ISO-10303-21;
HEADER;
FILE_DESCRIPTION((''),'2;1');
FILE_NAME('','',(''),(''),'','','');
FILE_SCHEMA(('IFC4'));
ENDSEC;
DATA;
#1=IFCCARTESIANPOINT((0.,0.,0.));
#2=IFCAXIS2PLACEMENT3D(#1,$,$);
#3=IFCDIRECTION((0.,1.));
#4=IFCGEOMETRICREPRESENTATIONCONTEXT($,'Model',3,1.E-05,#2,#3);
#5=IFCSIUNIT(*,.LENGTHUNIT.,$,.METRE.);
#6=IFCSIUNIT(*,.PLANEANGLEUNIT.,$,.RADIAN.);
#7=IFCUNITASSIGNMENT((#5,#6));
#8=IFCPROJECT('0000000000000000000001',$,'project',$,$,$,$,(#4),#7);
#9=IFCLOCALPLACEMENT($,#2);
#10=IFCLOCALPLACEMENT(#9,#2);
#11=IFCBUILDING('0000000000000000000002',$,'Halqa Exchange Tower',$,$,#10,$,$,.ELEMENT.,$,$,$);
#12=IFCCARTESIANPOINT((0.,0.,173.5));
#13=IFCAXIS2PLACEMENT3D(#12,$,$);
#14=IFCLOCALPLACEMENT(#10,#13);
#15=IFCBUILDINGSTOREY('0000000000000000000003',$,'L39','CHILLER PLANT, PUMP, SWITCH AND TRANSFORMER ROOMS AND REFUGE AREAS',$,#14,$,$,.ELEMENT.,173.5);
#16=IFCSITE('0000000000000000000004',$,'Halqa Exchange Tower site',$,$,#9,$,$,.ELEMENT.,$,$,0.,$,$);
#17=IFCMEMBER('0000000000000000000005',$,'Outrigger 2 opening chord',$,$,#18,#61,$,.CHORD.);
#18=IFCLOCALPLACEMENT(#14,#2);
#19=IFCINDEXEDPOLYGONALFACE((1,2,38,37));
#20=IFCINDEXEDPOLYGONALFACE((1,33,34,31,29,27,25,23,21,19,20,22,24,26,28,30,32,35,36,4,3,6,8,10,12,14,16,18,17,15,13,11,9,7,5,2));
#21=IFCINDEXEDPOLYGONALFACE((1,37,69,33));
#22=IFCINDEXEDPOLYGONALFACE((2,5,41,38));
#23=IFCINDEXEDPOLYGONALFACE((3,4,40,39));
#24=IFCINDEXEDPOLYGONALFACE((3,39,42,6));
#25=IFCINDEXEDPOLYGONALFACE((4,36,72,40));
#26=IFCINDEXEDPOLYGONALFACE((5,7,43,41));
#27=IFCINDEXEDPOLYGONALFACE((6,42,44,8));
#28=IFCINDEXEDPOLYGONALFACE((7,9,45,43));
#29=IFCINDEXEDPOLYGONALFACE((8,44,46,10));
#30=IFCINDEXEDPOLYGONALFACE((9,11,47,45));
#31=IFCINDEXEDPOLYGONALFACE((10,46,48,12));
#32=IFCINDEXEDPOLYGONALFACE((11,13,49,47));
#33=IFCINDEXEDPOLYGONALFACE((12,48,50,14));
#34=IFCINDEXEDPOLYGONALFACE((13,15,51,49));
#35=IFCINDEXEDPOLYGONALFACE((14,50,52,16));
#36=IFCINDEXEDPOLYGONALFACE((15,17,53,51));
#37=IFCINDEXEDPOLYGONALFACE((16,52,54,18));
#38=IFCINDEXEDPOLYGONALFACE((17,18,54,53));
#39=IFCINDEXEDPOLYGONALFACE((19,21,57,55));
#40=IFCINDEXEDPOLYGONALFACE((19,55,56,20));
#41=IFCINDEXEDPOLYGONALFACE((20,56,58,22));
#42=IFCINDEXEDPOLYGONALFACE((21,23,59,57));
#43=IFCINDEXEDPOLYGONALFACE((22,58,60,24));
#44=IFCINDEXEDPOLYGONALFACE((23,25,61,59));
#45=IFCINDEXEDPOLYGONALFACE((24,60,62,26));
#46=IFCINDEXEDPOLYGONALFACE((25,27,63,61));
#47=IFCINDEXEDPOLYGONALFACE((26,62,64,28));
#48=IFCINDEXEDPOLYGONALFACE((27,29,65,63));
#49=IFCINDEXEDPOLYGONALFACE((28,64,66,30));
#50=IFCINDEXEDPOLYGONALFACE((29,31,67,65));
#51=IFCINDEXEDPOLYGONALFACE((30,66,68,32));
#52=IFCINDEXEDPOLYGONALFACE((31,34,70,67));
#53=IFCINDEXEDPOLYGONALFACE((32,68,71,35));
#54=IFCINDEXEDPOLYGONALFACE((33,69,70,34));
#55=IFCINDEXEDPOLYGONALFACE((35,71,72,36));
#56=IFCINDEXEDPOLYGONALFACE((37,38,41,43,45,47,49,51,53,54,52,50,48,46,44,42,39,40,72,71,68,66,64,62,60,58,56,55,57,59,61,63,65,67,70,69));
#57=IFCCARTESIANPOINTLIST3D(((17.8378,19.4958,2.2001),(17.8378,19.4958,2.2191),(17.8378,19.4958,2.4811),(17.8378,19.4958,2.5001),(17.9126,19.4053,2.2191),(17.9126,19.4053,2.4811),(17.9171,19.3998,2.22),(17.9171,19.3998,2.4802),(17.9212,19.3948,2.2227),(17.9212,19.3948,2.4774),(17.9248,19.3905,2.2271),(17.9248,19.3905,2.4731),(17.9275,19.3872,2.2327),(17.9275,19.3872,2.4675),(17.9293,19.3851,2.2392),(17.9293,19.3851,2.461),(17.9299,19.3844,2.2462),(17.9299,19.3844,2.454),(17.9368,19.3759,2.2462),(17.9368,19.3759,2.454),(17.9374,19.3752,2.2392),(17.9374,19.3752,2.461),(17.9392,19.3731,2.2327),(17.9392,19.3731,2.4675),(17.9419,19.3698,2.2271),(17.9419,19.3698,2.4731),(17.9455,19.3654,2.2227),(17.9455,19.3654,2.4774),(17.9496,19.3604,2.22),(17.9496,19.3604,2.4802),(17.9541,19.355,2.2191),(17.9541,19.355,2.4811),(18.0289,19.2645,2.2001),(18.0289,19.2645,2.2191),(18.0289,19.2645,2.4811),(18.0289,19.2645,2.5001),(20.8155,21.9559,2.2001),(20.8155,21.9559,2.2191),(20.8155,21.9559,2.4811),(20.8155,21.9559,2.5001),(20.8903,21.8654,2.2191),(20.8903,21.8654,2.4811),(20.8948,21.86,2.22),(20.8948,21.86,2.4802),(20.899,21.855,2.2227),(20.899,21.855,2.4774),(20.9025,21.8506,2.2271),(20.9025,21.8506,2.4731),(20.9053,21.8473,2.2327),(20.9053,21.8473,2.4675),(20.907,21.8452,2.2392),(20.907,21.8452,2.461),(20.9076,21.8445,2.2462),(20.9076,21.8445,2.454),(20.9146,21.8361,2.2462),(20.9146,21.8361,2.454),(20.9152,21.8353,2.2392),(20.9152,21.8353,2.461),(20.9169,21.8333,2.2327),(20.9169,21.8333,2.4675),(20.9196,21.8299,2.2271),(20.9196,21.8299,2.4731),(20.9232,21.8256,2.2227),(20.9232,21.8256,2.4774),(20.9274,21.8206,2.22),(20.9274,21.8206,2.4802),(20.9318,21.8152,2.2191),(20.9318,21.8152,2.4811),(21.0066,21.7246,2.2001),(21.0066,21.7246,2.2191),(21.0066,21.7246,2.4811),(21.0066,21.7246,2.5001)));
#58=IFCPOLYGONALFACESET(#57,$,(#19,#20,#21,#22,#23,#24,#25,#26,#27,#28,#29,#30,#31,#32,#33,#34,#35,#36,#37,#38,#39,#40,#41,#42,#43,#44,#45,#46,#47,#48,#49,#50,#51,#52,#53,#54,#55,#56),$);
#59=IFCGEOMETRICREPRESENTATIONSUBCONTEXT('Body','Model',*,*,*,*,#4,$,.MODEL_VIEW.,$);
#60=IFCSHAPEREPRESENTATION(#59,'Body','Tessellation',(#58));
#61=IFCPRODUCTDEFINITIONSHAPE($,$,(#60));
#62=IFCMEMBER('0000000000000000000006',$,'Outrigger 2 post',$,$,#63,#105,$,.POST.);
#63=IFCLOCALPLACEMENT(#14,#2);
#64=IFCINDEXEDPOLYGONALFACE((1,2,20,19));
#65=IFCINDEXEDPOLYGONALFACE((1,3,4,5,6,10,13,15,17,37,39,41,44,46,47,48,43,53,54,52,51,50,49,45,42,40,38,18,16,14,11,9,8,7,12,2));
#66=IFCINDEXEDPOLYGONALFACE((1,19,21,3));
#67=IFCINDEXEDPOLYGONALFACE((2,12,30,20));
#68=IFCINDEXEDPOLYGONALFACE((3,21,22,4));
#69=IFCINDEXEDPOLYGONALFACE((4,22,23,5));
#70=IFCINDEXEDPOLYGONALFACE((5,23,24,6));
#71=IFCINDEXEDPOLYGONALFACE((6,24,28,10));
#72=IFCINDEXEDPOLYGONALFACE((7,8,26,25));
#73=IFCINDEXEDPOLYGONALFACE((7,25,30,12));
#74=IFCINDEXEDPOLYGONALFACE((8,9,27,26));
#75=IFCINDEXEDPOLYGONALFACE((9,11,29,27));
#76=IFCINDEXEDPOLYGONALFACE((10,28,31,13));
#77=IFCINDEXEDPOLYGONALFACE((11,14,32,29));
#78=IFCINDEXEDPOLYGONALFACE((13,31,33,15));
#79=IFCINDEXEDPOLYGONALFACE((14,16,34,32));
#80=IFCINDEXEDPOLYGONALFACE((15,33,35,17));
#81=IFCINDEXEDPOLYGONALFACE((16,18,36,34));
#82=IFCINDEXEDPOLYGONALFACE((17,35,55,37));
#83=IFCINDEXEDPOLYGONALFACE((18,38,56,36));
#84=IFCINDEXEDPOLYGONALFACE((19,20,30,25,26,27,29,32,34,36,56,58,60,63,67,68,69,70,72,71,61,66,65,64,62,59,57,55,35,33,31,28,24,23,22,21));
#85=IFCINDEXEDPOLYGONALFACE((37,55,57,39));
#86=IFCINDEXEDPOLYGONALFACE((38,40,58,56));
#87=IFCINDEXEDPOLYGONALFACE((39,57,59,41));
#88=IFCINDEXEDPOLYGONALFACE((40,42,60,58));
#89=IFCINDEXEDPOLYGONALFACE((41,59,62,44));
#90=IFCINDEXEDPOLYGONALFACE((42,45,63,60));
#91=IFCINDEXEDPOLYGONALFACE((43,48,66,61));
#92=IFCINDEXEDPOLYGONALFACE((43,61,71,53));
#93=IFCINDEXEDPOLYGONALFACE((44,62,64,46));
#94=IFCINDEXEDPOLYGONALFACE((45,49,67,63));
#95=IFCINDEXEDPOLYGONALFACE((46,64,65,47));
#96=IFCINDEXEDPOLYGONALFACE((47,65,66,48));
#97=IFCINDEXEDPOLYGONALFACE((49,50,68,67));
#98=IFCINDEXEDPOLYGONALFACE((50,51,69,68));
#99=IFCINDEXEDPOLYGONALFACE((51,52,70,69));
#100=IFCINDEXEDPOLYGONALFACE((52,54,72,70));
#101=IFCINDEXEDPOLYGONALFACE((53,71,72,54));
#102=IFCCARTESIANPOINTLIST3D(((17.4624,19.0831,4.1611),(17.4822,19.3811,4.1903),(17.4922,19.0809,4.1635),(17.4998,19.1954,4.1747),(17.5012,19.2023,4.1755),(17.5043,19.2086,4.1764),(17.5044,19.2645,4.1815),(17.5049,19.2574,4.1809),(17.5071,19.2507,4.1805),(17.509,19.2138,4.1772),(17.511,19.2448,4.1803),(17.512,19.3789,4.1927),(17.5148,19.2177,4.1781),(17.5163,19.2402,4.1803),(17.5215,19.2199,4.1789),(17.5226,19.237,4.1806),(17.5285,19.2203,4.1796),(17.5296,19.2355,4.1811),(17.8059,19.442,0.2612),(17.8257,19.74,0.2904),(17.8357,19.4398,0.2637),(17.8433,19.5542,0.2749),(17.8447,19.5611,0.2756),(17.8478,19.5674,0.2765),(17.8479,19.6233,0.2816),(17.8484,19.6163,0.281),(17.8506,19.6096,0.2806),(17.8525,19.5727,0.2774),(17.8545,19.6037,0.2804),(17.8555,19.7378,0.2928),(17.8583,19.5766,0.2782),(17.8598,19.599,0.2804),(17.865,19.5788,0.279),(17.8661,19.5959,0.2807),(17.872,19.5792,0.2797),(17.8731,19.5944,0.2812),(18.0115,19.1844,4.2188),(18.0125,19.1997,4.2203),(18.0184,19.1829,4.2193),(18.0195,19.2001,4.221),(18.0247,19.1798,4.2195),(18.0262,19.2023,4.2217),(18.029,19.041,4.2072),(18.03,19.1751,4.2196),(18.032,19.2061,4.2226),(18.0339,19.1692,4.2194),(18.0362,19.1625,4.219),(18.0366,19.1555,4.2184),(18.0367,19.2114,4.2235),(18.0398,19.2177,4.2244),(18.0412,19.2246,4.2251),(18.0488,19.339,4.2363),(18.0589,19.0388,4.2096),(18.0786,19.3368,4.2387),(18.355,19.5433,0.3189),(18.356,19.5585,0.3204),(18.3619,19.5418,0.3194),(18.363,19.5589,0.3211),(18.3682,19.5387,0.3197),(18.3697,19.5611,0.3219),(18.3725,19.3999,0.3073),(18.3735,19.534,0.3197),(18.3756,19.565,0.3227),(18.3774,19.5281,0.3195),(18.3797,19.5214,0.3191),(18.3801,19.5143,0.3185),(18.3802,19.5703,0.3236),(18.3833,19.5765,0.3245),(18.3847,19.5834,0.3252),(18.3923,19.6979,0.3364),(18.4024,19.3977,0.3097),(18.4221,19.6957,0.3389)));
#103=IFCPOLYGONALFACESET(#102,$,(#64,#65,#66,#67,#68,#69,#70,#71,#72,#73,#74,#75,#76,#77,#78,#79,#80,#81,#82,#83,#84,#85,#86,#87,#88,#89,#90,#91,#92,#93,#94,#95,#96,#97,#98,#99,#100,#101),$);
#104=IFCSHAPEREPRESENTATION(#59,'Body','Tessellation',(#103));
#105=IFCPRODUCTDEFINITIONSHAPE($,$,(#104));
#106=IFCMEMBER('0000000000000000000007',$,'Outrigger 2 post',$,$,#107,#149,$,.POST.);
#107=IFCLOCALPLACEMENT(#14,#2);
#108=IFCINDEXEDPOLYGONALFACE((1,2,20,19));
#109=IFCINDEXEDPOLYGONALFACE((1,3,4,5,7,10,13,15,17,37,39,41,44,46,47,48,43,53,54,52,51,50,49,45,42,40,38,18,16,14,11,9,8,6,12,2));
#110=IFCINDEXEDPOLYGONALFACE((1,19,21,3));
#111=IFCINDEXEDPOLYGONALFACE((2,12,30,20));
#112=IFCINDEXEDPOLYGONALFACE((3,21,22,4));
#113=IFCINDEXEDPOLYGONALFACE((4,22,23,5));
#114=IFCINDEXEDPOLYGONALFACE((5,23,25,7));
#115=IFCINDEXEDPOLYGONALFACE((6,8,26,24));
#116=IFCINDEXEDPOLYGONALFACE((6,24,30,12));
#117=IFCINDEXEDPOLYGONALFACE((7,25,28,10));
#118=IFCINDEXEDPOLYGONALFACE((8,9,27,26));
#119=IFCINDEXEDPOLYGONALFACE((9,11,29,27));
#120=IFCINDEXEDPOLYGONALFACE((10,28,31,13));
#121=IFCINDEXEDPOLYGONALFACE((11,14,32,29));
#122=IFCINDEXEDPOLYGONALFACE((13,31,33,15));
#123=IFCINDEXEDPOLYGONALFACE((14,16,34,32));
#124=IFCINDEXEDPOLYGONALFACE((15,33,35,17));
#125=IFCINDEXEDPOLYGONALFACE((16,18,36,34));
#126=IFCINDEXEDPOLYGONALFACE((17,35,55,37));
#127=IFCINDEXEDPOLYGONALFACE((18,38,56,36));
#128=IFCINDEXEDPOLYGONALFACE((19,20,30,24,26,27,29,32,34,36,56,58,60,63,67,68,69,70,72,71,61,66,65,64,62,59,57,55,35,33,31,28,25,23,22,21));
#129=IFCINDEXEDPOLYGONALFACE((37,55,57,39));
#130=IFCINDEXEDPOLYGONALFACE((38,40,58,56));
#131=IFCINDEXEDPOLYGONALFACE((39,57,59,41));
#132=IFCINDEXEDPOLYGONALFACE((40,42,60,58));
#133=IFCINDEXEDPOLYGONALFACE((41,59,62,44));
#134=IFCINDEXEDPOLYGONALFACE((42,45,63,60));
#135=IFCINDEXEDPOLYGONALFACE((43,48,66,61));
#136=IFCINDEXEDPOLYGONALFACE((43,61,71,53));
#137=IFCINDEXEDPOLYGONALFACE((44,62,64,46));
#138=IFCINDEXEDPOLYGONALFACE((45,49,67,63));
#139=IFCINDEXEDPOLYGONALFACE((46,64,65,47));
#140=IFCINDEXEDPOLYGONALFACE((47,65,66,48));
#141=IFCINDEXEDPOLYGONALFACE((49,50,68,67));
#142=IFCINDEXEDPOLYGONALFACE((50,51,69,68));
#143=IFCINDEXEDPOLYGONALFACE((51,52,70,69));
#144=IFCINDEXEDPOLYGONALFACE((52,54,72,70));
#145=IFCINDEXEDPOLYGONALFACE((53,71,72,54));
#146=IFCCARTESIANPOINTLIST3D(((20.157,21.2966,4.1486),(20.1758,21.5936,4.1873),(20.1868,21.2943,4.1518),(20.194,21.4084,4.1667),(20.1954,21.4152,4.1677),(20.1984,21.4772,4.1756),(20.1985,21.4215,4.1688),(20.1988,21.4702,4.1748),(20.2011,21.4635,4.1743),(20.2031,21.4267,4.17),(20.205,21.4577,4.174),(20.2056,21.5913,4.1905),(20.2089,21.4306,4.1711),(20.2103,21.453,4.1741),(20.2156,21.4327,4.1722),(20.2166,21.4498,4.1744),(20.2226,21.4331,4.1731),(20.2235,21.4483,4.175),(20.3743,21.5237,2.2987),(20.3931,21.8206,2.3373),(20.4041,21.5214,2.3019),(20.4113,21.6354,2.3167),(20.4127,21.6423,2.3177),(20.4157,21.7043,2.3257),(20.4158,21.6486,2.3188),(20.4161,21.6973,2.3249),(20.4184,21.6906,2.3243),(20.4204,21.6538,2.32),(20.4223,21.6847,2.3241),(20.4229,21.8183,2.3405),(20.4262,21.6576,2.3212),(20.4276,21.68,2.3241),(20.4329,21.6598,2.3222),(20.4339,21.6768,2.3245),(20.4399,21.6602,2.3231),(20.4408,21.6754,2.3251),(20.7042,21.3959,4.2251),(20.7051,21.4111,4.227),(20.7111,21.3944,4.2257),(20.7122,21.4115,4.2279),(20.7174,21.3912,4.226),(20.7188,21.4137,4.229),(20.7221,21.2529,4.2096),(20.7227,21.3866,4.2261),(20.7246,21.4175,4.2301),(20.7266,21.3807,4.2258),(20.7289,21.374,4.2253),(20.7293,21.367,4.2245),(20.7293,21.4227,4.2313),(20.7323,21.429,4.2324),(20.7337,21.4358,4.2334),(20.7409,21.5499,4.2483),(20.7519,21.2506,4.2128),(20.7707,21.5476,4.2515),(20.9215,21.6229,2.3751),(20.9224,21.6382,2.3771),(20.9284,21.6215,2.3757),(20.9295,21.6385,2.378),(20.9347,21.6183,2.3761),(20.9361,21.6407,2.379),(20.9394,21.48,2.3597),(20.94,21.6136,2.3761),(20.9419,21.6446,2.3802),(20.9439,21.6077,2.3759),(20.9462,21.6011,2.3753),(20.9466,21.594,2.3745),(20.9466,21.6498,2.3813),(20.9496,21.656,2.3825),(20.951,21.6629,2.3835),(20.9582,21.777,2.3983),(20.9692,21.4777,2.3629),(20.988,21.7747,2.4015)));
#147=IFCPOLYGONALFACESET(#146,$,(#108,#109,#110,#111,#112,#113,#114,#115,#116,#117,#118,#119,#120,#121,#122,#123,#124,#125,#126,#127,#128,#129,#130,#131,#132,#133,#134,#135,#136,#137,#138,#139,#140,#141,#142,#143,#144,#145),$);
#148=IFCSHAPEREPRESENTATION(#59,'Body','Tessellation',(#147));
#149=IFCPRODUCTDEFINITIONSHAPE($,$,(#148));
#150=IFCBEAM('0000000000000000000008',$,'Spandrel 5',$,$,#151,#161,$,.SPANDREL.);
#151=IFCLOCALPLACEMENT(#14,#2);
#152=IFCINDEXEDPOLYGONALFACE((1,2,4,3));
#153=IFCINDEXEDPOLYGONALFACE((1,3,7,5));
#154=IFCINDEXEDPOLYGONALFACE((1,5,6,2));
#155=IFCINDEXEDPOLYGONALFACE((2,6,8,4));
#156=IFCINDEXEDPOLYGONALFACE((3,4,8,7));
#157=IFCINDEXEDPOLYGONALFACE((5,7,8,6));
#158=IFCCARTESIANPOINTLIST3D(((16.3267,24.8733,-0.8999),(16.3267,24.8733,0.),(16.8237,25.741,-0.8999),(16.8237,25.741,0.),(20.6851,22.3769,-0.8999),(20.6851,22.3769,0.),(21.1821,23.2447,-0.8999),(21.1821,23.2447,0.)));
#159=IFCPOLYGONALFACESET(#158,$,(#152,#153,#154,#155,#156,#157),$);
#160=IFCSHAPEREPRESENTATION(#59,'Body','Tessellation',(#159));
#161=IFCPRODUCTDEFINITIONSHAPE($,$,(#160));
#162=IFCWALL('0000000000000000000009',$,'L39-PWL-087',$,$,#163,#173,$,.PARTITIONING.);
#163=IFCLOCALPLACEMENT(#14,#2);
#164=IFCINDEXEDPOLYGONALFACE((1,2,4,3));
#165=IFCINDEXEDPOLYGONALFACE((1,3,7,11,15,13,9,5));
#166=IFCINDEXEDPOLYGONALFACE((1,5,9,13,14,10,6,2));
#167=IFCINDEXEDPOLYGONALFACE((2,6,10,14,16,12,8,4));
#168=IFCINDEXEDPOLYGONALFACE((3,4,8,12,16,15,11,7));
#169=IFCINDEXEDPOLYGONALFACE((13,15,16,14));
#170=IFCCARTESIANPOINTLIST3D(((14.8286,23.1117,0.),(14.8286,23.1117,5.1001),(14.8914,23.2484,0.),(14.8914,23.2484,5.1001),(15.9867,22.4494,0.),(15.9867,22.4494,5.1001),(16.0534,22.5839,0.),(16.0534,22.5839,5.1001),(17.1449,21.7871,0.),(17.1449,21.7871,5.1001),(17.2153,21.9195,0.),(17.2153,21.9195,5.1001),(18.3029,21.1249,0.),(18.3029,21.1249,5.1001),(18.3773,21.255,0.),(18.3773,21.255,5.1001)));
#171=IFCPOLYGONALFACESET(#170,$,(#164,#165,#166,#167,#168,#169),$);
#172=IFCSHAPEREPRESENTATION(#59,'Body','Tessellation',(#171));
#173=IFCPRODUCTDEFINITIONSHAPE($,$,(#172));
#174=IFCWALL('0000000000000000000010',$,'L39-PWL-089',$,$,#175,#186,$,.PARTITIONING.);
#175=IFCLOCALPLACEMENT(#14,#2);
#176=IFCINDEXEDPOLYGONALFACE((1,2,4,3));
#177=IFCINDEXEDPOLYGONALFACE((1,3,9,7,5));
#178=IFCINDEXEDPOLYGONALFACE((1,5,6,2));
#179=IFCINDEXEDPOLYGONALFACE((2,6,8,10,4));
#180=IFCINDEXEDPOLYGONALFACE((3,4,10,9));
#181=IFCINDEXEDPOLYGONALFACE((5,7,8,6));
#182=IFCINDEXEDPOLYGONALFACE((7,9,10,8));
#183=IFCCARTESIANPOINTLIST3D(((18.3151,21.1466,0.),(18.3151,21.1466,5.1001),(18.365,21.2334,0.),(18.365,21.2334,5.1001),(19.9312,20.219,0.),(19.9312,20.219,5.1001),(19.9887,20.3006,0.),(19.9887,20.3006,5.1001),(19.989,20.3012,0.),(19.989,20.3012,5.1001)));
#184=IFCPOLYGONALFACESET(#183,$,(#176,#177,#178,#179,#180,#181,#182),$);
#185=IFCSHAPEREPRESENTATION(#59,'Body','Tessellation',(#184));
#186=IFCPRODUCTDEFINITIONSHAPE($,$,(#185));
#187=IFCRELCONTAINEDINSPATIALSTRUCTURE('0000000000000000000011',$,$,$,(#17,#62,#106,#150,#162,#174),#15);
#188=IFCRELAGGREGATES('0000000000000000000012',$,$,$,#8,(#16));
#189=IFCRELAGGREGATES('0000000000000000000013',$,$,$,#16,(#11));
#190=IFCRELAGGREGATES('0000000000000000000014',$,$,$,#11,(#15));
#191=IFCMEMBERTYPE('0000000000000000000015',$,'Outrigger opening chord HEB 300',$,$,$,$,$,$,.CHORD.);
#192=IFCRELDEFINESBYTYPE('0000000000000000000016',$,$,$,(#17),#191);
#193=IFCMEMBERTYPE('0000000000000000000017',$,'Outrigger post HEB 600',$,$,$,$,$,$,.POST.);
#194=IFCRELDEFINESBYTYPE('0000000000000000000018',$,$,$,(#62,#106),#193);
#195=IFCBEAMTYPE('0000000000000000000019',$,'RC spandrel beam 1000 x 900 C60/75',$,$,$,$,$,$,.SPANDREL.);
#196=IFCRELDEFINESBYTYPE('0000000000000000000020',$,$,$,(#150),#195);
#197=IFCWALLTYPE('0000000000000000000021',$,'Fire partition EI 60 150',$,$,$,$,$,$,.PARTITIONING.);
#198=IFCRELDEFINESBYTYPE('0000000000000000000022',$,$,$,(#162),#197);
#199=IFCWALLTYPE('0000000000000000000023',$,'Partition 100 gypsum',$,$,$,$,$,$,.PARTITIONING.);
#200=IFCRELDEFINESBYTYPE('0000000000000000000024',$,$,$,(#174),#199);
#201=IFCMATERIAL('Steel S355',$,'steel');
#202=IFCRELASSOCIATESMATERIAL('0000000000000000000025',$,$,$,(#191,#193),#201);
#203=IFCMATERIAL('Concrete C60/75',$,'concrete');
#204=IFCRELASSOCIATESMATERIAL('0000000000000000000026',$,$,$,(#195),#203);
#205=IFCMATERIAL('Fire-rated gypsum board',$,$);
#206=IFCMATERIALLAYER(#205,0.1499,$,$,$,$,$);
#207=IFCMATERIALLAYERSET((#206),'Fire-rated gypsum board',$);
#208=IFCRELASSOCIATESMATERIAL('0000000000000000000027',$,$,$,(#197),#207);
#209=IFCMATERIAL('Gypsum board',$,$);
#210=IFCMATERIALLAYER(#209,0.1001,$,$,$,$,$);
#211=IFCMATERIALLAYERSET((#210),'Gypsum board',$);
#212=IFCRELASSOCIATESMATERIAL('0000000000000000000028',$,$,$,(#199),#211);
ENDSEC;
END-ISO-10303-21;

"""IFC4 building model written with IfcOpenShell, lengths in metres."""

from ifc_helpers import new_model, si_unit, direction, frame, origin, origin_2d, place, context, subcontext, project, spatial, polyline, rectangle, i_section, outline, extrude, material, layer, layer_set, material_profile, profile_set, type_object, element, save


model = new_model("IFC4")

# Units and contexts
model_context = context("Model", 3, precision=1e-05, world=origin(), true_north=direction((0.0, 1.0)))
body_context = subcontext(model_context, "Body", "Model", "MODEL_VIEW")
ifc_project = project(units=[si_unit("LENGTHUNIT", "METRE"), si_unit("PLANEANGLEUNIT", "RADIAN")], contexts=[model_context])

# Site, building, storey
site_placement = place(None, origin())
site = spatial("IfcSite", under=ifc_project, at=site_placement, Name="Halqa Exchange Tower site", CompositionType="ELEMENT", RefElevation=0.0)
building_placement = place(site_placement, origin())
building = spatial("IfcBuilding", under=site, at=building_placement, Name="Halqa Exchange Tower", CompositionType="ELEMENT")
storey_placement = place(building_placement, frame((0.0, 0.0, 173.5)))
storey = spatial("IfcBuildingStorey", under=building, at=storey_placement, Name="L39", Description="CHILLER PLANT, PUMP, SWITCH AND TRANSFORMER ROOMS AND REFUGE AREAS", CompositionType="ELEMENT", Elevation=173.5)

# Members
ifc_material_1 = material(Name="Steel S355", Category="steel")
ifc_material_profile_1 = material_profile(ifc_material_1, i_section(OverallWidth=0.3, OverallDepth=0.3, WebThickness=0.011, FlangeThickness=0.019, FilletRadius=0.0271, at=origin_2d()), Name="HEB 300")
ifc_profile_set_1 = profile_set([ifc_material_profile_1], Name="Steel S355")
member_type_1 = type_object("IfcMemberType", Name="Outrigger opening chord HEB 300", PredefinedType="CHORD", material=ifc_profile_set_1)
member_1_placement = place(storey_placement, frame((17.9333, 19.3801, 2.3501), z_axis=(0.770924, 0.636927, 0.0), x_axis=(-0.636927, 0.770924, 0.0)))
element("IfcMember", 1, at=member_1_placement, inside=storey, type_object=member_type_1, Name="Outrigger 2 opening chord", PredefinedType="CHORD", context=body_context, shape_type="SweptSolid", body=[
    extrude(i_section(OverallWidth=0.3, OverallDepth=0.3, WebThickness=0.011, FlangeThickness=0.019, FilletRadius=0.0271, at=origin_2d()), origin(), (0.0, 0.0, 1.0), 3.8625),
])
ifc_material_profile_2 = material_profile(ifc_material_1, i_section(OverallWidth=0.3, OverallDepth=0.6001, WebThickness=0.0154, FlangeThickness=0.03, FilletRadius=0.0271, at=origin_2d()), Name="HEB 600")
ifc_profile_set_2 = profile_set([ifc_material_profile_2], Name="Steel S355")
member_type_2 = type_object("IfcMemberType", Name="Outrigger post HEB 600", PredefinedType="POST", material=ifc_profile_set_2)
member_2_placement = place(storey_placement, frame((18.114, 19.5688, 0.3), z_axis=(-0.087375, -0.091287, 0.991984), x_axis=(0.065921, 0.99308, 0.097194)))
element("IfcMember", 2, at=member_2_placement, inside=storey, type_object=member_type_2, Name="Outrigger 2 post", PredefinedType="POST", context=body_context, shape_type="SweptSolid", body=[
    extrude(i_section(OverallWidth=0.3, OverallDepth=0.6001, WebThickness=0.0154, FlangeThickness=0.03, FilletRadius=0.0271, at=origin_2d()), origin(), (0.0, 0.0, 1.0), 3.9314),
])
member_3_placement = place(storey_placement, frame((20.6812, 21.6492, 2.3501), z_axis=(-0.115801, -0.121006, 0.985874), x_axis=(0.062592, 0.98969, 0.128826)))
element("IfcMember", 3, at=member_3_placement, inside=storey, type_object=member_type_2, Name="Outrigger 2 post", PredefinedType="POST", context=body_context, shape_type="SweptSolid", body=[
    extrude(i_section(OverallWidth=0.3, OverallDepth=0.6001, WebThickness=0.0154, FlangeThickness=0.03, FilletRadius=0.0271, at=origin_2d()), origin(), (0.0, 0.0, 1.0), 1.8765),
])

# Beam
ifc_material_2 = material(Name="Concrete C60/75", Category="concrete")
ifc_material_profile_3 = material_profile(ifc_material_2, rectangle(XDim=1.0, YDim=0.8999, at=origin_2d()), Name="1000 x 900")
ifc_profile_set_3 = profile_set([ifc_material_profile_3], Name="Concrete C60/75")
beam_type = type_object("IfcBeamType", Name="RC spandrel beam 1000 x 900 C60/75", PredefinedType="SPANDREL", material=ifc_profile_set_3)
beam_placement = place(storey_placement, frame((20.9336, 22.8108, -0.45), z_axis=(-0.867743, 0.497013, 0.0), x_axis=(-0.497013, -0.867743, 0.0)))
element("IfcBeam", 4, at=beam_placement, inside=storey, type_object=beam_type, Name="Spandrel 5", PredefinedType="SPANDREL", context=body_context, shape_type="SweptSolid", body=[
    extrude(rectangle(XDim=1.0, YDim=0.8999, at=origin_2d()), origin(), (0.0, 0.0, 1.0), 5.0227),
])

# Walls
ifc_material_3 = material(Name="Fire-rated gypsum board")
ifc_layer_1 = layer(ifc_material_3, 0.1499)
ifc_layer_set_1 = layer_set([ifc_layer_1], Name="Fire-rated gypsum board")
wall_type_1 = type_object("IfcWallType", Name="Fire partition EI 60 150", PredefinedType="PARTITIONING", material=ifc_layer_set_1)
wall_1_placement = place(storey_placement, frame((18.3401, 21.1899, 0.0), z_axis=(0.0, 0.0, 1.0), x_axis=(-0.868082, 0.49642, 0.0)))
element("IfcWall", 5, at=wall_1_placement, inside=storey, type_object=wall_type_1, Name="L39-PWL-087", PredefinedType="PARTITIONING", context=body_context, shape_type="SweptSolid", body=[
    extrude(outline(polyline([(4.0156, -0.075), (4.0156, -0.075), (4.0022, 0.075), (2.6682, 0.075), (1.334, 0.075), (0.0, 0.075), (0.0, -0.075), (1.3386, -0.075), (2.677, -0.075), (4.0156, -0.075)])), origin(), (0.0, 0.0, 1.0), 5.1001),
])
ifc_material_4 = material(Name="Gypsum board")
ifc_layer_2 = layer(ifc_material_4, 0.1001)
ifc_layer_set_2 = layer_set([ifc_layer_2], Name="Gypsum board")
wall_type_2 = type_object("IfcWallType", Name="Partition 100 gypsum", PredefinedType="PARTITIONING", material=ifc_layer_set_2)
wall_2_placement = place(storey_placement, frame((19.9641, 20.2578, 0.0), z_axis=(0.0, 0.0, 1.0), x_axis=(-0.867295, 0.497795, 0.0)))
element("IfcWall", 6, at=wall_2_placement, inside=storey, type_object=wall_type_2, Name="L39-PWL-089", PredefinedType="PARTITIONING", context=body_context, shape_type="SweptSolid", body=[
    extrude(outline(polyline([(1.8726, 0.05), (0.0093, 0.05), (0.0, -0.0493), (0.0, -0.05), (1.8726, -0.05), (1.8726, 0.05)])), origin(), (0.0, 0.0, 1.0), 5.1001),
])

save(model, "model.ifc")
